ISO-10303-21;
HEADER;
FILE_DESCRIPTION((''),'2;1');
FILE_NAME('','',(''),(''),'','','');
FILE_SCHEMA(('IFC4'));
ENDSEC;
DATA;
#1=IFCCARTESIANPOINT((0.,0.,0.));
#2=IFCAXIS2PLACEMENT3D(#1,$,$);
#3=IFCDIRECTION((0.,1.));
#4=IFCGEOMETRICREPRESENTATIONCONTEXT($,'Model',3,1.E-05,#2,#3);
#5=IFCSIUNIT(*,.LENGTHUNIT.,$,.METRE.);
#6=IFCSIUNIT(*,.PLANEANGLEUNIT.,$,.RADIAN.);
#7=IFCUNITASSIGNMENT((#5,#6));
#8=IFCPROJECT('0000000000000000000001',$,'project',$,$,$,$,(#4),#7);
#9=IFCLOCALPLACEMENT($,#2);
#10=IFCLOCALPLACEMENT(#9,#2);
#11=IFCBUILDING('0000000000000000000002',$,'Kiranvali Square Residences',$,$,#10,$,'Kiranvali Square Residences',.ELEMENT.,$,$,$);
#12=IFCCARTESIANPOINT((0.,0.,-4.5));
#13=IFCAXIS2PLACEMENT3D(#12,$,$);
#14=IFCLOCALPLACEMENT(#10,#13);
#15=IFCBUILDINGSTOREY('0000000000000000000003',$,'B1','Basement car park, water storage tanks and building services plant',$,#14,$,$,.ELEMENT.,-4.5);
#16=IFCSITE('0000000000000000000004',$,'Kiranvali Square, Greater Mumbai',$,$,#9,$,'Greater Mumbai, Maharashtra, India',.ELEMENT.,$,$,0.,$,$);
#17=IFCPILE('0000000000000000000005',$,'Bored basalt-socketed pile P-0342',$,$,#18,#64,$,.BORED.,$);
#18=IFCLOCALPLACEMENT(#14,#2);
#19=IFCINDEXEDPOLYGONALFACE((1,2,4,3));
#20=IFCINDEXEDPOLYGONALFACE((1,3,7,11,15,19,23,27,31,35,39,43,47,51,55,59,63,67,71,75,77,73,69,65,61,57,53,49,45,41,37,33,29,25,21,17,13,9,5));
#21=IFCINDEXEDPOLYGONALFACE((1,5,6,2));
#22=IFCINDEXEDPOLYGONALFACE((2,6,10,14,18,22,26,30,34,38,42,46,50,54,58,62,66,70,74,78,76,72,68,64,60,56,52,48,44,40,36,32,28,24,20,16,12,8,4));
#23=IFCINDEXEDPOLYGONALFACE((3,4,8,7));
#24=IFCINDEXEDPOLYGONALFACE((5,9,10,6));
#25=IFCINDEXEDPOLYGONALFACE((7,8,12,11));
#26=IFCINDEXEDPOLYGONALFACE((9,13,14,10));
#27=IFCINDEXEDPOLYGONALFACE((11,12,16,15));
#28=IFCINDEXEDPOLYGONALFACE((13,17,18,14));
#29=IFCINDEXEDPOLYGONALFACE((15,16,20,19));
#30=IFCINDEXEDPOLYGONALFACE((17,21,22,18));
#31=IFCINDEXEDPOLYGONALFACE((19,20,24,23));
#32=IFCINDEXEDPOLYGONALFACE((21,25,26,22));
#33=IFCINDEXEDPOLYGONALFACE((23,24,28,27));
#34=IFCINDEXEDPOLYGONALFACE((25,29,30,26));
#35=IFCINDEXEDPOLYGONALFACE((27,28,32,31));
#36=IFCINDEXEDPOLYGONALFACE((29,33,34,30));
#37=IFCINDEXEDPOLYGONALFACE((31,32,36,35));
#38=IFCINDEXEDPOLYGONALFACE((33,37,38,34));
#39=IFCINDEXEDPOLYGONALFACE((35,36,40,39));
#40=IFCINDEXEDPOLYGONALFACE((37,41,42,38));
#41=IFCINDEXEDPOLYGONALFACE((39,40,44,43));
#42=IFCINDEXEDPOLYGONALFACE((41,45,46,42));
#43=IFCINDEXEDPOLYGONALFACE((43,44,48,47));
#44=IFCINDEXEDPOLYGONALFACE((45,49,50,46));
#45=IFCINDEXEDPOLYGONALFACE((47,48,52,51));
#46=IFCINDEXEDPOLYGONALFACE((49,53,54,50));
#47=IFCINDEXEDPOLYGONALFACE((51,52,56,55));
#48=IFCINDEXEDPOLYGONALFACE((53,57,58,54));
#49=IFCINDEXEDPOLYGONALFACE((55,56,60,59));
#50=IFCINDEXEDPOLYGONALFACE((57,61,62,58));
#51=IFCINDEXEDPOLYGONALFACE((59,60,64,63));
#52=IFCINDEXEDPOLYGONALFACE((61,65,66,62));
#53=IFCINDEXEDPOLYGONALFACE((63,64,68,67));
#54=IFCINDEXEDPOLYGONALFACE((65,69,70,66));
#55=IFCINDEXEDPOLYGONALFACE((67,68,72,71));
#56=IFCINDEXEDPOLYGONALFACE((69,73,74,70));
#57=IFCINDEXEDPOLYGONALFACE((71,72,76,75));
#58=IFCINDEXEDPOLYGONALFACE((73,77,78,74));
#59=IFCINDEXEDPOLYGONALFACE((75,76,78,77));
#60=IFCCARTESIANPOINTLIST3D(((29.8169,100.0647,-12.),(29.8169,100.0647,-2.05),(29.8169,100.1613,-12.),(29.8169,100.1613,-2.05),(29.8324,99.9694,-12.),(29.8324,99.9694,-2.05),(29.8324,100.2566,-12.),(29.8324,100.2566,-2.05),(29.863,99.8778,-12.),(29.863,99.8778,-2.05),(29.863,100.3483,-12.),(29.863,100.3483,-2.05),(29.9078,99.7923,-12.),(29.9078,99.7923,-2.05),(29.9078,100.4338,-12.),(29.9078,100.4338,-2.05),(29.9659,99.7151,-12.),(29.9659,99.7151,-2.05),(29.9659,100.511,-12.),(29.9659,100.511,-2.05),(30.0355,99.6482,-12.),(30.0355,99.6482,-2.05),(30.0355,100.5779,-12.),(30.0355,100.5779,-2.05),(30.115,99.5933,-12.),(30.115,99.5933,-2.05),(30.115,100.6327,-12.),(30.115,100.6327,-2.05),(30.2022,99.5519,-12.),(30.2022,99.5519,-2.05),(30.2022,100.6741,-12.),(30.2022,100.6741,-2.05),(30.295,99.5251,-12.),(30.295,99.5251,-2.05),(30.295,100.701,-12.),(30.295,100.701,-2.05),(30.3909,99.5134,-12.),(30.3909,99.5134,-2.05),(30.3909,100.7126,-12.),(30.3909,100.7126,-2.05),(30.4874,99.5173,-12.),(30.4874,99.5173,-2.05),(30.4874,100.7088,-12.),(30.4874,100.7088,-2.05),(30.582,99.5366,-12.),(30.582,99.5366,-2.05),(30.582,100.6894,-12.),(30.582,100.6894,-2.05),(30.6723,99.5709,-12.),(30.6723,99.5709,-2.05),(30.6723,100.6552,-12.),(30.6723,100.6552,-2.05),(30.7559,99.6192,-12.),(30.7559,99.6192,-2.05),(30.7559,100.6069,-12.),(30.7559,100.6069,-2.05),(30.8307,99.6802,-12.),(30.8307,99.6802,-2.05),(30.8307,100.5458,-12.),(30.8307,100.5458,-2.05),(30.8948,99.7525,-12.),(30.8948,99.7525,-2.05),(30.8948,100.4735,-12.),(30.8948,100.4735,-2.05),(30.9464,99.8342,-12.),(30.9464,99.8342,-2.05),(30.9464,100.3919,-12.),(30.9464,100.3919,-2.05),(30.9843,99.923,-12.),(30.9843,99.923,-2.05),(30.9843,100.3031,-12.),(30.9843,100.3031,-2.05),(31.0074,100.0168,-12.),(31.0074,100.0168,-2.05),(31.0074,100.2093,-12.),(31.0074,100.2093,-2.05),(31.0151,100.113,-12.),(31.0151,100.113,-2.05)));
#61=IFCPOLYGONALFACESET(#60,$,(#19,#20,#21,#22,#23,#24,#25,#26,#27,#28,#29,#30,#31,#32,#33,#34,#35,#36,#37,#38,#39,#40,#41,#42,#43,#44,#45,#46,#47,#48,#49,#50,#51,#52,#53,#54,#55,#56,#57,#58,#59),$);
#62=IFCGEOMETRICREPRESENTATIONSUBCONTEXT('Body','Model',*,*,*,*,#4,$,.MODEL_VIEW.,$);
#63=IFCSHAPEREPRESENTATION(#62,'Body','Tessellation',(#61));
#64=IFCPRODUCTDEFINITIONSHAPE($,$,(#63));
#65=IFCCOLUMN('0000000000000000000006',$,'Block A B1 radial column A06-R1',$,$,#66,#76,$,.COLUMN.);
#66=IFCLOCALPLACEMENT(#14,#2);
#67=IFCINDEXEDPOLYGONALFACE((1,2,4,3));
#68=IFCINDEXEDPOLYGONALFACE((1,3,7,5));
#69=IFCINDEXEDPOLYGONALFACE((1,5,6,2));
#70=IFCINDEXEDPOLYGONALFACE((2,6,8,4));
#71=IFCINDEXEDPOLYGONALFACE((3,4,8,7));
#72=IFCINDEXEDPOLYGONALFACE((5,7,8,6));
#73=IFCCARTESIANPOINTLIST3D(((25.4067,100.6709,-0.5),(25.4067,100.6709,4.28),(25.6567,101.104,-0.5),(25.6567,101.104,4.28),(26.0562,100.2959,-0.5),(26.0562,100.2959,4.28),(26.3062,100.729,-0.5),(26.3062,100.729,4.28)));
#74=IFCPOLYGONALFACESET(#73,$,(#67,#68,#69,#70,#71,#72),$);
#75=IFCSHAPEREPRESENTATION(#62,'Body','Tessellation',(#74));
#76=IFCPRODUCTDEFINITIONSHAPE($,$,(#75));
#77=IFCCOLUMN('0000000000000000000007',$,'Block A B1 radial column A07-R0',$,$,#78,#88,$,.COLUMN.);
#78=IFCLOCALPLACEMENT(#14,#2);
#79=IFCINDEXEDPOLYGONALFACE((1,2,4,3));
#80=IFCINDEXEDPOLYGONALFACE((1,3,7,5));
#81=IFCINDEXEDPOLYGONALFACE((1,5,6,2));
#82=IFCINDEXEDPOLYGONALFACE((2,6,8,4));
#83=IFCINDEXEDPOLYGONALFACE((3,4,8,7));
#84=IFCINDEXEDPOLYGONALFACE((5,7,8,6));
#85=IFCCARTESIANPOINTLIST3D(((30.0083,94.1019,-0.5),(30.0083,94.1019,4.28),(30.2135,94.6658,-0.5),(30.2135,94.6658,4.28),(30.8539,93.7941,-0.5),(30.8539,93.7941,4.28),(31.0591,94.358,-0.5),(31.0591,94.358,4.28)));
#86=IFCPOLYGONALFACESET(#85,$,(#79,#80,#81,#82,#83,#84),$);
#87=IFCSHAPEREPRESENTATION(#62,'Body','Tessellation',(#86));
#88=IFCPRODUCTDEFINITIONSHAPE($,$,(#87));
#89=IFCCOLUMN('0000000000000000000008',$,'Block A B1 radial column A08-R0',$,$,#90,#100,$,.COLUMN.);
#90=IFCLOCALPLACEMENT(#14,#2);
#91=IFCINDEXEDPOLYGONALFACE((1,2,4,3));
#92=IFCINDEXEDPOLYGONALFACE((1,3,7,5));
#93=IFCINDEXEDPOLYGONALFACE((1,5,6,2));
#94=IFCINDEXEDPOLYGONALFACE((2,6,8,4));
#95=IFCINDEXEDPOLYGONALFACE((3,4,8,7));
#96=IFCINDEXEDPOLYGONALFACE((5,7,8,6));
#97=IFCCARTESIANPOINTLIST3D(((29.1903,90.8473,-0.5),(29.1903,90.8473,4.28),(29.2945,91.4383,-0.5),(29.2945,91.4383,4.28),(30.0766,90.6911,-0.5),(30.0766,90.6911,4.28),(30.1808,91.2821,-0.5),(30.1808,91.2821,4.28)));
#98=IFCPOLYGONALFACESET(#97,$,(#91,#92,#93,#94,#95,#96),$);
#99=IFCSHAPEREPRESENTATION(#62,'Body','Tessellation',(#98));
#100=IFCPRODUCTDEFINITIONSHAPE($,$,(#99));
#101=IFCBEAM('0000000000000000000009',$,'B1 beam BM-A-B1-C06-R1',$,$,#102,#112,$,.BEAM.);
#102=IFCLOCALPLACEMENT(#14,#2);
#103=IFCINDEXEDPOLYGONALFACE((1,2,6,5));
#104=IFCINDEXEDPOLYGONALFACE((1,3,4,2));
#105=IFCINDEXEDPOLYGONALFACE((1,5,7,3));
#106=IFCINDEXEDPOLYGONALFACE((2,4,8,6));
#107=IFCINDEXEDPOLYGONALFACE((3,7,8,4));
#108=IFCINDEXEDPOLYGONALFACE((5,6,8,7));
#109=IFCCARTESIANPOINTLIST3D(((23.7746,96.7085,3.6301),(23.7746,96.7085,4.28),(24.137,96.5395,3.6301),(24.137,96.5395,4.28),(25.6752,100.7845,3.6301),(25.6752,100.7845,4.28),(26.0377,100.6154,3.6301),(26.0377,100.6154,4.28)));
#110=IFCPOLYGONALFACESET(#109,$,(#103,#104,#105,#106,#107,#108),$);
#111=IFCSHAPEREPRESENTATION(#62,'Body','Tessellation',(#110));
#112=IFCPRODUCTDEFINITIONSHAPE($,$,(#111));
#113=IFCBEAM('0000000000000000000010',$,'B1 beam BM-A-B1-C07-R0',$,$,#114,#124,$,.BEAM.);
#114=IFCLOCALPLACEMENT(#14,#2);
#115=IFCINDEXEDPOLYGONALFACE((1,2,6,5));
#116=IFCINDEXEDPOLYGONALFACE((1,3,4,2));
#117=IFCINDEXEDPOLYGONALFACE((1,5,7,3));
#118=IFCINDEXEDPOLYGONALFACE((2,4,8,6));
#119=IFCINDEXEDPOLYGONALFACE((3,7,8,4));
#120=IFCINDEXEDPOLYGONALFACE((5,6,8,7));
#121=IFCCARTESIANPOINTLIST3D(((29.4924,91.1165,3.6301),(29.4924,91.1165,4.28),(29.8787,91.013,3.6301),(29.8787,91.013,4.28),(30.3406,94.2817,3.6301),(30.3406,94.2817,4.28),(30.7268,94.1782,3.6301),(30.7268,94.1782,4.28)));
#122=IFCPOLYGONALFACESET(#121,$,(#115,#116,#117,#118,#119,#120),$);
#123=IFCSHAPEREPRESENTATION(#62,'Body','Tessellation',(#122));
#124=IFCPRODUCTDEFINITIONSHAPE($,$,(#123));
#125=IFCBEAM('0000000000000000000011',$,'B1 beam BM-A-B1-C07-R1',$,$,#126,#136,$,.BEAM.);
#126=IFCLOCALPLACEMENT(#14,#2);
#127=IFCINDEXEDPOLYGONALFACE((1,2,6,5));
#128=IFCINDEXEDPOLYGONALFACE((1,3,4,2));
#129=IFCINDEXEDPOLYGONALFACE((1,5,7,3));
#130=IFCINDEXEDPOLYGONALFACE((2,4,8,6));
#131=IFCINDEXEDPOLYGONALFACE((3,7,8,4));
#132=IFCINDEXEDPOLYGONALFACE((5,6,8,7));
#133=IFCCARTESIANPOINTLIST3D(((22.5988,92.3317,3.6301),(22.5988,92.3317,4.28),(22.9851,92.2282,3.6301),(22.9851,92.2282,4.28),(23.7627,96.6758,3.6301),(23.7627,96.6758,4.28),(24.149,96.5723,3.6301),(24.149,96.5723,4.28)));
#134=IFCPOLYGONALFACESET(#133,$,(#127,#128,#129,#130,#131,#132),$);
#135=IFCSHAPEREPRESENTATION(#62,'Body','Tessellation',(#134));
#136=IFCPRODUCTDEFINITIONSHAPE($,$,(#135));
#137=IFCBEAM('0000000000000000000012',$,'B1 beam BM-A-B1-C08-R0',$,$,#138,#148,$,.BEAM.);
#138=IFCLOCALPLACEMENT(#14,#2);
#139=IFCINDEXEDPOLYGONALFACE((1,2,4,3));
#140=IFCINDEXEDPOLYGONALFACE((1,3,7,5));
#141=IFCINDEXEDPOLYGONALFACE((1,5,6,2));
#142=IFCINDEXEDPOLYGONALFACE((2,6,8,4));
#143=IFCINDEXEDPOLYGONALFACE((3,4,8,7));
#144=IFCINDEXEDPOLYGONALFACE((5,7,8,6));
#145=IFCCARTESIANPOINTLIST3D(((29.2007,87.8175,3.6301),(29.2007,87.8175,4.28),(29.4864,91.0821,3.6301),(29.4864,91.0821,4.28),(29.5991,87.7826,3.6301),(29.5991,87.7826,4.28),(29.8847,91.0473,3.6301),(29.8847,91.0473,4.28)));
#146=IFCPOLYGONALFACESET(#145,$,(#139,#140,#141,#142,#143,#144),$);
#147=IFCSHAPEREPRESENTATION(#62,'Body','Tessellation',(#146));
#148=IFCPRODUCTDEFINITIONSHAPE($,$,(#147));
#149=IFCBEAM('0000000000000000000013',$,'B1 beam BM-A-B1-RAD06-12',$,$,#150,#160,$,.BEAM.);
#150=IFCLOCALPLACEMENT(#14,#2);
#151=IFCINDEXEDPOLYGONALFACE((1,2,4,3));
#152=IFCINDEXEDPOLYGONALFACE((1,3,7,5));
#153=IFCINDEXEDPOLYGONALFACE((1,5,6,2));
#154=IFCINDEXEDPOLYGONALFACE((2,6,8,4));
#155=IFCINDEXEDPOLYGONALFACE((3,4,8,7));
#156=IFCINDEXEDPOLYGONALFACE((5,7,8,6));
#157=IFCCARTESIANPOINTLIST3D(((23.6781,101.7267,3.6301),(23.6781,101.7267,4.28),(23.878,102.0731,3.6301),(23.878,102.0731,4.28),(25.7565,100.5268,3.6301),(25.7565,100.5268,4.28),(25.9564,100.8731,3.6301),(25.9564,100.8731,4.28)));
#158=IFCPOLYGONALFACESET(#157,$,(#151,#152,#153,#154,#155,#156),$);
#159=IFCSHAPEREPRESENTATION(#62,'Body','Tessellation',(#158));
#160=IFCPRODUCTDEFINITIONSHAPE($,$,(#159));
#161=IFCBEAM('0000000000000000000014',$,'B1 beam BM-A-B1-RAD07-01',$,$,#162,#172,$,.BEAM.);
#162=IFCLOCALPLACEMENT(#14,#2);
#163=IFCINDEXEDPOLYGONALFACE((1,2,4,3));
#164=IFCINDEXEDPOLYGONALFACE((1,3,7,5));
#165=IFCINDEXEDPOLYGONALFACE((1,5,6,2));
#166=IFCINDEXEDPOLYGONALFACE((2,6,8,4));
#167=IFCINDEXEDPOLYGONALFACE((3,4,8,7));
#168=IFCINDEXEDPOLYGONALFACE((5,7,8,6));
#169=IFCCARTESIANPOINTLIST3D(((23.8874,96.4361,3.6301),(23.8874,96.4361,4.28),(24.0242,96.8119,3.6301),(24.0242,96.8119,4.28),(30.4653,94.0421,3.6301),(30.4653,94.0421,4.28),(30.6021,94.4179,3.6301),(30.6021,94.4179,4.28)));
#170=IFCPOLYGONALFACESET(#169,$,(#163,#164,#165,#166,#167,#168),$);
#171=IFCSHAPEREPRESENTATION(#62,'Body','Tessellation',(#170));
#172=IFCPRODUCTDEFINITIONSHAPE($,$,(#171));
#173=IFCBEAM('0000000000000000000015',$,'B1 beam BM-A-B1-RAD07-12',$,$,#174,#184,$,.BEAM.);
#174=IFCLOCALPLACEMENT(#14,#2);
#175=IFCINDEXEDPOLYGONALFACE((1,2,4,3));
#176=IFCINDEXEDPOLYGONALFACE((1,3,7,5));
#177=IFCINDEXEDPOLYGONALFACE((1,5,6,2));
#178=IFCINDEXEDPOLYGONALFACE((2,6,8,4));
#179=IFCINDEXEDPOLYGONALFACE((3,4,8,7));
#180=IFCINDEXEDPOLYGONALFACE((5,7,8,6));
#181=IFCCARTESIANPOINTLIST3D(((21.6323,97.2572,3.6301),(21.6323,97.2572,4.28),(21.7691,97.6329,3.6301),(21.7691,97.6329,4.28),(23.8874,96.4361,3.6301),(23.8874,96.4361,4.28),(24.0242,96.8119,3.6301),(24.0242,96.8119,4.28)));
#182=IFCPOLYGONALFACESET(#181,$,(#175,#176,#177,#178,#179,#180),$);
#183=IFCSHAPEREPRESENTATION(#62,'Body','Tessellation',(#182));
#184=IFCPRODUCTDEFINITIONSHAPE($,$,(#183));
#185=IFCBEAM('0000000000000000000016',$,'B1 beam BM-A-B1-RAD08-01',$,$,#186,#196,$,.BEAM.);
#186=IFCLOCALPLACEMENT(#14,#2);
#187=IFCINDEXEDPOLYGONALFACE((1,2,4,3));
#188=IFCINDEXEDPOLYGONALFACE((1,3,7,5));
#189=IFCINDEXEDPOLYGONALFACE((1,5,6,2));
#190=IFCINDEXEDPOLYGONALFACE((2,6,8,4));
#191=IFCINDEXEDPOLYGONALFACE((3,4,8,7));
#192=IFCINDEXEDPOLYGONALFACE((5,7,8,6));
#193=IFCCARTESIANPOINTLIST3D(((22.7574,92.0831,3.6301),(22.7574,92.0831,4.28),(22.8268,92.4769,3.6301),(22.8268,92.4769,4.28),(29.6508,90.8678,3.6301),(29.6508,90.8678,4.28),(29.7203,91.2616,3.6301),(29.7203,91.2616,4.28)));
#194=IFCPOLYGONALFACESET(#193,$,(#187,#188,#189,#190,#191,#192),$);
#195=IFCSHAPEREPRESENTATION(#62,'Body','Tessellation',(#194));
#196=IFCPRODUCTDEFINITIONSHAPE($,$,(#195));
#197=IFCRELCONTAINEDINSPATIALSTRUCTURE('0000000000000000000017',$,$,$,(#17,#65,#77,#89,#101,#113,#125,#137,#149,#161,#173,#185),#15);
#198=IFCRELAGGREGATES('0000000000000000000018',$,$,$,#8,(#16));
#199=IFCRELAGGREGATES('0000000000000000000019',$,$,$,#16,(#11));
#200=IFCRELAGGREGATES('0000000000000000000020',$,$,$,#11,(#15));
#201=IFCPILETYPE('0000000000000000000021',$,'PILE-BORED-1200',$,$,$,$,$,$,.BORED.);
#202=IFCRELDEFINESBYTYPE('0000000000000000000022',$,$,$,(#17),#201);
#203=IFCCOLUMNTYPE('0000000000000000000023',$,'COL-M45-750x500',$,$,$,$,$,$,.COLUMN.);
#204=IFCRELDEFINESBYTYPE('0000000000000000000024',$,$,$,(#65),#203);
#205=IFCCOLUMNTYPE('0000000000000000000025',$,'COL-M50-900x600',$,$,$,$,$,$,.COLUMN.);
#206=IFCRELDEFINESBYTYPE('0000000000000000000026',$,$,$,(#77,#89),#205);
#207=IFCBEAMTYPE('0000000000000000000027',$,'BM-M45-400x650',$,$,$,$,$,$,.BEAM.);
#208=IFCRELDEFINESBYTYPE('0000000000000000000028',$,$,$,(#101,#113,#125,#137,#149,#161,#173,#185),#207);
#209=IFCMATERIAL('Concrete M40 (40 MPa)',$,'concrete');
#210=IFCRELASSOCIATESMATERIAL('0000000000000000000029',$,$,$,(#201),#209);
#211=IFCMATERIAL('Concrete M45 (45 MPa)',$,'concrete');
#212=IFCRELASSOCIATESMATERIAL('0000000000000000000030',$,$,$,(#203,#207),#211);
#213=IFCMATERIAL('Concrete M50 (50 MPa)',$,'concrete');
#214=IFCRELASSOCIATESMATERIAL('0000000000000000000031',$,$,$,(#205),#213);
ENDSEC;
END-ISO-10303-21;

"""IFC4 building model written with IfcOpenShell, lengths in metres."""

from ifc_helpers import new_model, si_unit, direction, frame, origin, origin_2d, place, context, subcontext, project, spatial, rectangle, circle, extrude, material, material_profile, profile_set, type_object, element, save


model = new_model("IFC4")

# Units and contexts
model_context = context("Model", 3, precision=1e-05, world=origin(), true_north=direction((0.0, 1.0)))
body_context = subcontext(model_context, "Body", "Model", "MODEL_VIEW")
ifc_project = project(units=[si_unit("LENGTHUNIT", "METRE"), si_unit("PLANEANGLEUNIT", "RADIAN")], contexts=[model_context])

# Site, building, storey
site_placement = place(None, origin())
site = spatial("IfcSite", under=ifc_project, at=site_placement, Name="Kiranvali Square, Greater Mumbai", LongName="Greater Mumbai, Maharashtra, India", CompositionType="ELEMENT", RefElevation=0.0)
building_placement = place(site_placement, origin())
building = spatial("IfcBuilding", under=site, at=building_placement, Name="Kiranvali Square Residences", LongName="Kiranvali Square Residences", CompositionType="ELEMENT")
storey_placement = place(building_placement, frame((0.0, 0.0, -4.5)))
storey = spatial("IfcBuildingStorey", under=building, at=storey_placement, Name="B1", Description="Basement car park, water storage tanks and building services plant", CompositionType="ELEMENT", Elevation=-4.5)

# Shared definitions
ifc_material_1 = material(Name="Concrete M40 (40 MPa)", Category="concrete")

# Pile
ifc_material_profile_1 = material_profile(ifc_material_1, circle(Radius=0.6001, at=origin_2d()), Name="BORED PILE 1200")
ifc_profile_set_1 = profile_set([ifc_material_profile_1], Name="Concrete M40 (40 MPa)")
pile_type = type_object("IfcPileType", Name="PILE-BORED-1200", PredefinedType="BORED", material=ifc_profile_set_1)
pile_placement = place(storey_placement, frame((30.415, 100.113, -2.05), z_axis=(0.0, 0.0, -1.0), x_axis=(1.0, 0.0, 0.0)))
element("IfcPile", 1, at=pile_placement, inside=storey, type_object=pile_type, Name="Bored basalt-socketed pile P-0342", PredefinedType="BORED", context=body_context, shape_type="SweptSolid", body=[
    extrude(circle(Radius=0.6001, at=origin_2d()), origin(), (0.0, 0.0, 1.0), 9.95),
])

# Columns
ifc_material_2 = material(Name="Concrete M45 (45 MPa)", Category="concrete")
ifc_material_profile_2 = material_profile(ifc_material_2, rectangle(XDim=0.5, YDim=0.75, at=origin_2d()), Name="RC 750x500")
ifc_profile_set_2 = profile_set([ifc_material_profile_2], Name="Concrete M45 (45 MPa)")
column_type_1 = type_object("IfcColumnType", Name="COL-M45-750x500", PredefinedType="COLUMN", material=ifc_profile_set_2)
column_placement = place(storey_placement, frame((25.8564, 100.7, -0.5), z_axis=(0.0, 0.0, 1.0), x_axis=(0.5, 0.866025, 0.0)))
element("IfcColumn", 2, at=column_placement, inside=storey, type_object=column_type_1, Name="Block A B1 radial column A06-R1", PredefinedType="COLUMN", context=body_context, shape_type="SweptSolid", body=[
    extrude(rectangle(XDim=0.5, YDim=0.75, at=origin_2d()), origin(), (0.0, 0.0, 1.0), 4.78),
])
ifc_material_3 = material(Name="Concrete M50 (50 MPa)", Category="concrete")
ifc_material_profile_3 = material_profile(ifc_material_3, rectangle(XDim=0.6001, YDim=0.8999, at=origin_2d()), Name="RC 900x600")
ifc_profile_set_3 = profile_set([ifc_material_profile_3], Name="Concrete M50 (50 MPa)")
column_type_2 = type_object("IfcColumnType", Name="COL-M50-900x600", PredefinedType="COLUMN", material=ifc_profile_set_3)
for number, where, z_axis, x_axis, name in (
    (3, (30.5337, 94.23, -0.5), (0.0, 0.0, 1.0), (0.34202, 0.939693, 0.0), "Block A B1 radial column A07-R0"),
    (4, (29.6855, 91.0647, -0.5), (0.0, 0.0, 1.0), (0.173648, 0.984808, 0.0), "Block A B1 radial column A08-R0"),
):
    element("IfcColumn", number, at=place(storey_placement, frame(where, z_axis=z_axis, x_axis=x_axis)), inside=storey, type_object=column_type_2, Name=name, PredefinedType="COLUMN", context=body_context, shape_type="SweptSolid", body=[
        extrude(rectangle(XDim=0.6001, YDim=0.8999, at=origin_2d()), origin(), (0.0, 0.0, 1.0), 4.78),
    ])

# Beams
ifc_material_profile_4 = material_profile(ifc_material_2, rectangle(XDim=0.3999, YDim=0.6499, at=origin_2d()), Name="RC 400x650")
ifc_profile_set_4 = profile_set([ifc_material_profile_4], Name="Concrete M45 (45 MPa)")
beam_type = type_object("IfcBeamType", Name="BM-M45-400x650", PredefinedType="BEAM", material=ifc_profile_set_4)
beam_1_placement = place(storey_placement, frame((25.8564, 100.7, 3.9551), z_axis=(-0.422618, -0.906308, 0.0), x_axis=(0.906308, -0.422618, 0.0)))
element("IfcBeam", 5, at=beam_1_placement, inside=storey, type_object=beam_type, Name="B1 beam BM-A-B1-C06-R1", PredefinedType="BEAM", context=body_context, shape_type="SweptSolid", body=[
    extrude(rectangle(XDim=0.3999, YDim=0.6499, at=origin_2d()), origin(), (0.0, 0.0, 1.0), 4.4973),
])
beam_2_placement = place(storey_placement, frame((30.5337, 94.23, 3.9551), z_axis=(-0.258822, -0.965925, 0.0), x_axis=(0.965925, -0.258822, 0.0)))
element("IfcBeam", 6, at=beam_2_placement, inside=storey, type_object=beam_type, Name="B1 beam BM-A-B1-C07-R0", PredefinedType="BEAM", context=body_context, shape_type="SweptSolid", body=[
    extrude(rectangle(XDim=0.3999, YDim=0.6499, at=origin_2d()), origin(), (0.0, 0.0, 1.0), 3.2769),
])
beam_3_placement = place(storey_placement, frame((23.9558, 96.624, 3.9551), z_axis=(-0.258788, -0.965934, 0.0), x_axis=(0.965934, -0.258788, 0.0)))
element("IfcBeam", 7, at=beam_3_placement, inside=storey, type_object=beam_type, Name="B1 beam BM-A-B1-C07-R1", PredefinedType="BEAM", context=body_context, shape_type="SweptSolid", body=[
    extrude(rectangle(XDim=0.3999, YDim=0.6499, at=origin_2d()), origin(), (0.0, 0.0, 1.0), 4.4973),
])
beam_4_placement = place(storey_placement, frame((29.6855, 91.0647, 3.9551), z_axis=(-0.087163, -0.996194, 0.0), x_axis=(0.996194, -0.087163, 0.0)))
element("IfcBeam", 8, at=beam_4_placement, inside=storey, type_object=beam_type, Name="B1 beam BM-A-B1-C08-R0", PredefinedType="BEAM", context=body_context, shape_type="SweptSolid", body=[
    extrude(rectangle(XDim=0.3999, YDim=0.6499, at=origin_2d()), origin(), (0.0, 0.0, 1.0), 3.2771),
])
beam_5_placement = place(storey_placement, frame((25.8564, 100.7, 3.9551), z_axis=(-0.866025, 0.500001, 0.0), x_axis=(-0.500001, -0.866025, 0.0)))
element("IfcBeam", 9, at=beam_5_placement, inside=storey, type_object=beam_type, Name="B1 beam BM-A-B1-RAD06-12", PredefinedType="BEAM", context=body_context, shape_type="SweptSolid", body=[
    extrude(rectangle(XDim=0.3999, YDim=0.6499, at=origin_2d()), origin(), (0.0, 0.0, 1.0), 2.3999),
])
beam_6_placement = place(storey_placement, frame((30.5337, 94.23, 3.9551), z_axis=(-0.939698, 0.342006, 0.0), x_axis=(-0.342006, -0.939698, 0.0)))
element("IfcBeam", 10, at=beam_6_placement, inside=storey, type_object=beam_type, Name="B1 beam BM-A-B1-RAD07-01", PredefinedType="BEAM", context=body_context, shape_type="SweptSolid", body=[
    extrude(rectangle(XDim=0.3999, YDim=0.6499, at=origin_2d()), origin(), (0.0, 0.0, 1.0), 7.0),
])
beam_7_placement = place(storey_placement, frame((23.9558, 96.624, 3.9551), z_axis=(-0.93966, 0.342111, 0.0), x_axis=(-0.342111, -0.93966, 0.0)))
element("IfcBeam", 11, at=beam_7_placement, inside=storey, type_object=beam_type, Name="B1 beam BM-A-B1-RAD07-12", PredefinedType="BEAM", context=body_context, shape_type="SweptSolid", body=[
    extrude(rectangle(XDim=0.3999, YDim=0.6499, at=origin_2d()), origin(), (0.0, 0.0, 1.0), 2.3999),
])
beam_8_placement = place(storey_placement, frame((29.6855, 91.0647, 3.9551), z_axis=(-0.984812, 0.173622, 0.0), x_axis=(-0.173622, -0.984812, 0.0)))
element("IfcBeam", 12, at=beam_8_placement, inside=storey, type_object=beam_type, Name="B1 beam BM-A-B1-RAD08-01", PredefinedType="BEAM", context=body_context, shape_type="SweptSolid", body=[
    extrude(rectangle(XDim=0.3999, YDim=0.6499, at=origin_2d()), origin(), (0.0, 0.0, 1.0), 6.9998),
])

save(model, "model.ifc")
